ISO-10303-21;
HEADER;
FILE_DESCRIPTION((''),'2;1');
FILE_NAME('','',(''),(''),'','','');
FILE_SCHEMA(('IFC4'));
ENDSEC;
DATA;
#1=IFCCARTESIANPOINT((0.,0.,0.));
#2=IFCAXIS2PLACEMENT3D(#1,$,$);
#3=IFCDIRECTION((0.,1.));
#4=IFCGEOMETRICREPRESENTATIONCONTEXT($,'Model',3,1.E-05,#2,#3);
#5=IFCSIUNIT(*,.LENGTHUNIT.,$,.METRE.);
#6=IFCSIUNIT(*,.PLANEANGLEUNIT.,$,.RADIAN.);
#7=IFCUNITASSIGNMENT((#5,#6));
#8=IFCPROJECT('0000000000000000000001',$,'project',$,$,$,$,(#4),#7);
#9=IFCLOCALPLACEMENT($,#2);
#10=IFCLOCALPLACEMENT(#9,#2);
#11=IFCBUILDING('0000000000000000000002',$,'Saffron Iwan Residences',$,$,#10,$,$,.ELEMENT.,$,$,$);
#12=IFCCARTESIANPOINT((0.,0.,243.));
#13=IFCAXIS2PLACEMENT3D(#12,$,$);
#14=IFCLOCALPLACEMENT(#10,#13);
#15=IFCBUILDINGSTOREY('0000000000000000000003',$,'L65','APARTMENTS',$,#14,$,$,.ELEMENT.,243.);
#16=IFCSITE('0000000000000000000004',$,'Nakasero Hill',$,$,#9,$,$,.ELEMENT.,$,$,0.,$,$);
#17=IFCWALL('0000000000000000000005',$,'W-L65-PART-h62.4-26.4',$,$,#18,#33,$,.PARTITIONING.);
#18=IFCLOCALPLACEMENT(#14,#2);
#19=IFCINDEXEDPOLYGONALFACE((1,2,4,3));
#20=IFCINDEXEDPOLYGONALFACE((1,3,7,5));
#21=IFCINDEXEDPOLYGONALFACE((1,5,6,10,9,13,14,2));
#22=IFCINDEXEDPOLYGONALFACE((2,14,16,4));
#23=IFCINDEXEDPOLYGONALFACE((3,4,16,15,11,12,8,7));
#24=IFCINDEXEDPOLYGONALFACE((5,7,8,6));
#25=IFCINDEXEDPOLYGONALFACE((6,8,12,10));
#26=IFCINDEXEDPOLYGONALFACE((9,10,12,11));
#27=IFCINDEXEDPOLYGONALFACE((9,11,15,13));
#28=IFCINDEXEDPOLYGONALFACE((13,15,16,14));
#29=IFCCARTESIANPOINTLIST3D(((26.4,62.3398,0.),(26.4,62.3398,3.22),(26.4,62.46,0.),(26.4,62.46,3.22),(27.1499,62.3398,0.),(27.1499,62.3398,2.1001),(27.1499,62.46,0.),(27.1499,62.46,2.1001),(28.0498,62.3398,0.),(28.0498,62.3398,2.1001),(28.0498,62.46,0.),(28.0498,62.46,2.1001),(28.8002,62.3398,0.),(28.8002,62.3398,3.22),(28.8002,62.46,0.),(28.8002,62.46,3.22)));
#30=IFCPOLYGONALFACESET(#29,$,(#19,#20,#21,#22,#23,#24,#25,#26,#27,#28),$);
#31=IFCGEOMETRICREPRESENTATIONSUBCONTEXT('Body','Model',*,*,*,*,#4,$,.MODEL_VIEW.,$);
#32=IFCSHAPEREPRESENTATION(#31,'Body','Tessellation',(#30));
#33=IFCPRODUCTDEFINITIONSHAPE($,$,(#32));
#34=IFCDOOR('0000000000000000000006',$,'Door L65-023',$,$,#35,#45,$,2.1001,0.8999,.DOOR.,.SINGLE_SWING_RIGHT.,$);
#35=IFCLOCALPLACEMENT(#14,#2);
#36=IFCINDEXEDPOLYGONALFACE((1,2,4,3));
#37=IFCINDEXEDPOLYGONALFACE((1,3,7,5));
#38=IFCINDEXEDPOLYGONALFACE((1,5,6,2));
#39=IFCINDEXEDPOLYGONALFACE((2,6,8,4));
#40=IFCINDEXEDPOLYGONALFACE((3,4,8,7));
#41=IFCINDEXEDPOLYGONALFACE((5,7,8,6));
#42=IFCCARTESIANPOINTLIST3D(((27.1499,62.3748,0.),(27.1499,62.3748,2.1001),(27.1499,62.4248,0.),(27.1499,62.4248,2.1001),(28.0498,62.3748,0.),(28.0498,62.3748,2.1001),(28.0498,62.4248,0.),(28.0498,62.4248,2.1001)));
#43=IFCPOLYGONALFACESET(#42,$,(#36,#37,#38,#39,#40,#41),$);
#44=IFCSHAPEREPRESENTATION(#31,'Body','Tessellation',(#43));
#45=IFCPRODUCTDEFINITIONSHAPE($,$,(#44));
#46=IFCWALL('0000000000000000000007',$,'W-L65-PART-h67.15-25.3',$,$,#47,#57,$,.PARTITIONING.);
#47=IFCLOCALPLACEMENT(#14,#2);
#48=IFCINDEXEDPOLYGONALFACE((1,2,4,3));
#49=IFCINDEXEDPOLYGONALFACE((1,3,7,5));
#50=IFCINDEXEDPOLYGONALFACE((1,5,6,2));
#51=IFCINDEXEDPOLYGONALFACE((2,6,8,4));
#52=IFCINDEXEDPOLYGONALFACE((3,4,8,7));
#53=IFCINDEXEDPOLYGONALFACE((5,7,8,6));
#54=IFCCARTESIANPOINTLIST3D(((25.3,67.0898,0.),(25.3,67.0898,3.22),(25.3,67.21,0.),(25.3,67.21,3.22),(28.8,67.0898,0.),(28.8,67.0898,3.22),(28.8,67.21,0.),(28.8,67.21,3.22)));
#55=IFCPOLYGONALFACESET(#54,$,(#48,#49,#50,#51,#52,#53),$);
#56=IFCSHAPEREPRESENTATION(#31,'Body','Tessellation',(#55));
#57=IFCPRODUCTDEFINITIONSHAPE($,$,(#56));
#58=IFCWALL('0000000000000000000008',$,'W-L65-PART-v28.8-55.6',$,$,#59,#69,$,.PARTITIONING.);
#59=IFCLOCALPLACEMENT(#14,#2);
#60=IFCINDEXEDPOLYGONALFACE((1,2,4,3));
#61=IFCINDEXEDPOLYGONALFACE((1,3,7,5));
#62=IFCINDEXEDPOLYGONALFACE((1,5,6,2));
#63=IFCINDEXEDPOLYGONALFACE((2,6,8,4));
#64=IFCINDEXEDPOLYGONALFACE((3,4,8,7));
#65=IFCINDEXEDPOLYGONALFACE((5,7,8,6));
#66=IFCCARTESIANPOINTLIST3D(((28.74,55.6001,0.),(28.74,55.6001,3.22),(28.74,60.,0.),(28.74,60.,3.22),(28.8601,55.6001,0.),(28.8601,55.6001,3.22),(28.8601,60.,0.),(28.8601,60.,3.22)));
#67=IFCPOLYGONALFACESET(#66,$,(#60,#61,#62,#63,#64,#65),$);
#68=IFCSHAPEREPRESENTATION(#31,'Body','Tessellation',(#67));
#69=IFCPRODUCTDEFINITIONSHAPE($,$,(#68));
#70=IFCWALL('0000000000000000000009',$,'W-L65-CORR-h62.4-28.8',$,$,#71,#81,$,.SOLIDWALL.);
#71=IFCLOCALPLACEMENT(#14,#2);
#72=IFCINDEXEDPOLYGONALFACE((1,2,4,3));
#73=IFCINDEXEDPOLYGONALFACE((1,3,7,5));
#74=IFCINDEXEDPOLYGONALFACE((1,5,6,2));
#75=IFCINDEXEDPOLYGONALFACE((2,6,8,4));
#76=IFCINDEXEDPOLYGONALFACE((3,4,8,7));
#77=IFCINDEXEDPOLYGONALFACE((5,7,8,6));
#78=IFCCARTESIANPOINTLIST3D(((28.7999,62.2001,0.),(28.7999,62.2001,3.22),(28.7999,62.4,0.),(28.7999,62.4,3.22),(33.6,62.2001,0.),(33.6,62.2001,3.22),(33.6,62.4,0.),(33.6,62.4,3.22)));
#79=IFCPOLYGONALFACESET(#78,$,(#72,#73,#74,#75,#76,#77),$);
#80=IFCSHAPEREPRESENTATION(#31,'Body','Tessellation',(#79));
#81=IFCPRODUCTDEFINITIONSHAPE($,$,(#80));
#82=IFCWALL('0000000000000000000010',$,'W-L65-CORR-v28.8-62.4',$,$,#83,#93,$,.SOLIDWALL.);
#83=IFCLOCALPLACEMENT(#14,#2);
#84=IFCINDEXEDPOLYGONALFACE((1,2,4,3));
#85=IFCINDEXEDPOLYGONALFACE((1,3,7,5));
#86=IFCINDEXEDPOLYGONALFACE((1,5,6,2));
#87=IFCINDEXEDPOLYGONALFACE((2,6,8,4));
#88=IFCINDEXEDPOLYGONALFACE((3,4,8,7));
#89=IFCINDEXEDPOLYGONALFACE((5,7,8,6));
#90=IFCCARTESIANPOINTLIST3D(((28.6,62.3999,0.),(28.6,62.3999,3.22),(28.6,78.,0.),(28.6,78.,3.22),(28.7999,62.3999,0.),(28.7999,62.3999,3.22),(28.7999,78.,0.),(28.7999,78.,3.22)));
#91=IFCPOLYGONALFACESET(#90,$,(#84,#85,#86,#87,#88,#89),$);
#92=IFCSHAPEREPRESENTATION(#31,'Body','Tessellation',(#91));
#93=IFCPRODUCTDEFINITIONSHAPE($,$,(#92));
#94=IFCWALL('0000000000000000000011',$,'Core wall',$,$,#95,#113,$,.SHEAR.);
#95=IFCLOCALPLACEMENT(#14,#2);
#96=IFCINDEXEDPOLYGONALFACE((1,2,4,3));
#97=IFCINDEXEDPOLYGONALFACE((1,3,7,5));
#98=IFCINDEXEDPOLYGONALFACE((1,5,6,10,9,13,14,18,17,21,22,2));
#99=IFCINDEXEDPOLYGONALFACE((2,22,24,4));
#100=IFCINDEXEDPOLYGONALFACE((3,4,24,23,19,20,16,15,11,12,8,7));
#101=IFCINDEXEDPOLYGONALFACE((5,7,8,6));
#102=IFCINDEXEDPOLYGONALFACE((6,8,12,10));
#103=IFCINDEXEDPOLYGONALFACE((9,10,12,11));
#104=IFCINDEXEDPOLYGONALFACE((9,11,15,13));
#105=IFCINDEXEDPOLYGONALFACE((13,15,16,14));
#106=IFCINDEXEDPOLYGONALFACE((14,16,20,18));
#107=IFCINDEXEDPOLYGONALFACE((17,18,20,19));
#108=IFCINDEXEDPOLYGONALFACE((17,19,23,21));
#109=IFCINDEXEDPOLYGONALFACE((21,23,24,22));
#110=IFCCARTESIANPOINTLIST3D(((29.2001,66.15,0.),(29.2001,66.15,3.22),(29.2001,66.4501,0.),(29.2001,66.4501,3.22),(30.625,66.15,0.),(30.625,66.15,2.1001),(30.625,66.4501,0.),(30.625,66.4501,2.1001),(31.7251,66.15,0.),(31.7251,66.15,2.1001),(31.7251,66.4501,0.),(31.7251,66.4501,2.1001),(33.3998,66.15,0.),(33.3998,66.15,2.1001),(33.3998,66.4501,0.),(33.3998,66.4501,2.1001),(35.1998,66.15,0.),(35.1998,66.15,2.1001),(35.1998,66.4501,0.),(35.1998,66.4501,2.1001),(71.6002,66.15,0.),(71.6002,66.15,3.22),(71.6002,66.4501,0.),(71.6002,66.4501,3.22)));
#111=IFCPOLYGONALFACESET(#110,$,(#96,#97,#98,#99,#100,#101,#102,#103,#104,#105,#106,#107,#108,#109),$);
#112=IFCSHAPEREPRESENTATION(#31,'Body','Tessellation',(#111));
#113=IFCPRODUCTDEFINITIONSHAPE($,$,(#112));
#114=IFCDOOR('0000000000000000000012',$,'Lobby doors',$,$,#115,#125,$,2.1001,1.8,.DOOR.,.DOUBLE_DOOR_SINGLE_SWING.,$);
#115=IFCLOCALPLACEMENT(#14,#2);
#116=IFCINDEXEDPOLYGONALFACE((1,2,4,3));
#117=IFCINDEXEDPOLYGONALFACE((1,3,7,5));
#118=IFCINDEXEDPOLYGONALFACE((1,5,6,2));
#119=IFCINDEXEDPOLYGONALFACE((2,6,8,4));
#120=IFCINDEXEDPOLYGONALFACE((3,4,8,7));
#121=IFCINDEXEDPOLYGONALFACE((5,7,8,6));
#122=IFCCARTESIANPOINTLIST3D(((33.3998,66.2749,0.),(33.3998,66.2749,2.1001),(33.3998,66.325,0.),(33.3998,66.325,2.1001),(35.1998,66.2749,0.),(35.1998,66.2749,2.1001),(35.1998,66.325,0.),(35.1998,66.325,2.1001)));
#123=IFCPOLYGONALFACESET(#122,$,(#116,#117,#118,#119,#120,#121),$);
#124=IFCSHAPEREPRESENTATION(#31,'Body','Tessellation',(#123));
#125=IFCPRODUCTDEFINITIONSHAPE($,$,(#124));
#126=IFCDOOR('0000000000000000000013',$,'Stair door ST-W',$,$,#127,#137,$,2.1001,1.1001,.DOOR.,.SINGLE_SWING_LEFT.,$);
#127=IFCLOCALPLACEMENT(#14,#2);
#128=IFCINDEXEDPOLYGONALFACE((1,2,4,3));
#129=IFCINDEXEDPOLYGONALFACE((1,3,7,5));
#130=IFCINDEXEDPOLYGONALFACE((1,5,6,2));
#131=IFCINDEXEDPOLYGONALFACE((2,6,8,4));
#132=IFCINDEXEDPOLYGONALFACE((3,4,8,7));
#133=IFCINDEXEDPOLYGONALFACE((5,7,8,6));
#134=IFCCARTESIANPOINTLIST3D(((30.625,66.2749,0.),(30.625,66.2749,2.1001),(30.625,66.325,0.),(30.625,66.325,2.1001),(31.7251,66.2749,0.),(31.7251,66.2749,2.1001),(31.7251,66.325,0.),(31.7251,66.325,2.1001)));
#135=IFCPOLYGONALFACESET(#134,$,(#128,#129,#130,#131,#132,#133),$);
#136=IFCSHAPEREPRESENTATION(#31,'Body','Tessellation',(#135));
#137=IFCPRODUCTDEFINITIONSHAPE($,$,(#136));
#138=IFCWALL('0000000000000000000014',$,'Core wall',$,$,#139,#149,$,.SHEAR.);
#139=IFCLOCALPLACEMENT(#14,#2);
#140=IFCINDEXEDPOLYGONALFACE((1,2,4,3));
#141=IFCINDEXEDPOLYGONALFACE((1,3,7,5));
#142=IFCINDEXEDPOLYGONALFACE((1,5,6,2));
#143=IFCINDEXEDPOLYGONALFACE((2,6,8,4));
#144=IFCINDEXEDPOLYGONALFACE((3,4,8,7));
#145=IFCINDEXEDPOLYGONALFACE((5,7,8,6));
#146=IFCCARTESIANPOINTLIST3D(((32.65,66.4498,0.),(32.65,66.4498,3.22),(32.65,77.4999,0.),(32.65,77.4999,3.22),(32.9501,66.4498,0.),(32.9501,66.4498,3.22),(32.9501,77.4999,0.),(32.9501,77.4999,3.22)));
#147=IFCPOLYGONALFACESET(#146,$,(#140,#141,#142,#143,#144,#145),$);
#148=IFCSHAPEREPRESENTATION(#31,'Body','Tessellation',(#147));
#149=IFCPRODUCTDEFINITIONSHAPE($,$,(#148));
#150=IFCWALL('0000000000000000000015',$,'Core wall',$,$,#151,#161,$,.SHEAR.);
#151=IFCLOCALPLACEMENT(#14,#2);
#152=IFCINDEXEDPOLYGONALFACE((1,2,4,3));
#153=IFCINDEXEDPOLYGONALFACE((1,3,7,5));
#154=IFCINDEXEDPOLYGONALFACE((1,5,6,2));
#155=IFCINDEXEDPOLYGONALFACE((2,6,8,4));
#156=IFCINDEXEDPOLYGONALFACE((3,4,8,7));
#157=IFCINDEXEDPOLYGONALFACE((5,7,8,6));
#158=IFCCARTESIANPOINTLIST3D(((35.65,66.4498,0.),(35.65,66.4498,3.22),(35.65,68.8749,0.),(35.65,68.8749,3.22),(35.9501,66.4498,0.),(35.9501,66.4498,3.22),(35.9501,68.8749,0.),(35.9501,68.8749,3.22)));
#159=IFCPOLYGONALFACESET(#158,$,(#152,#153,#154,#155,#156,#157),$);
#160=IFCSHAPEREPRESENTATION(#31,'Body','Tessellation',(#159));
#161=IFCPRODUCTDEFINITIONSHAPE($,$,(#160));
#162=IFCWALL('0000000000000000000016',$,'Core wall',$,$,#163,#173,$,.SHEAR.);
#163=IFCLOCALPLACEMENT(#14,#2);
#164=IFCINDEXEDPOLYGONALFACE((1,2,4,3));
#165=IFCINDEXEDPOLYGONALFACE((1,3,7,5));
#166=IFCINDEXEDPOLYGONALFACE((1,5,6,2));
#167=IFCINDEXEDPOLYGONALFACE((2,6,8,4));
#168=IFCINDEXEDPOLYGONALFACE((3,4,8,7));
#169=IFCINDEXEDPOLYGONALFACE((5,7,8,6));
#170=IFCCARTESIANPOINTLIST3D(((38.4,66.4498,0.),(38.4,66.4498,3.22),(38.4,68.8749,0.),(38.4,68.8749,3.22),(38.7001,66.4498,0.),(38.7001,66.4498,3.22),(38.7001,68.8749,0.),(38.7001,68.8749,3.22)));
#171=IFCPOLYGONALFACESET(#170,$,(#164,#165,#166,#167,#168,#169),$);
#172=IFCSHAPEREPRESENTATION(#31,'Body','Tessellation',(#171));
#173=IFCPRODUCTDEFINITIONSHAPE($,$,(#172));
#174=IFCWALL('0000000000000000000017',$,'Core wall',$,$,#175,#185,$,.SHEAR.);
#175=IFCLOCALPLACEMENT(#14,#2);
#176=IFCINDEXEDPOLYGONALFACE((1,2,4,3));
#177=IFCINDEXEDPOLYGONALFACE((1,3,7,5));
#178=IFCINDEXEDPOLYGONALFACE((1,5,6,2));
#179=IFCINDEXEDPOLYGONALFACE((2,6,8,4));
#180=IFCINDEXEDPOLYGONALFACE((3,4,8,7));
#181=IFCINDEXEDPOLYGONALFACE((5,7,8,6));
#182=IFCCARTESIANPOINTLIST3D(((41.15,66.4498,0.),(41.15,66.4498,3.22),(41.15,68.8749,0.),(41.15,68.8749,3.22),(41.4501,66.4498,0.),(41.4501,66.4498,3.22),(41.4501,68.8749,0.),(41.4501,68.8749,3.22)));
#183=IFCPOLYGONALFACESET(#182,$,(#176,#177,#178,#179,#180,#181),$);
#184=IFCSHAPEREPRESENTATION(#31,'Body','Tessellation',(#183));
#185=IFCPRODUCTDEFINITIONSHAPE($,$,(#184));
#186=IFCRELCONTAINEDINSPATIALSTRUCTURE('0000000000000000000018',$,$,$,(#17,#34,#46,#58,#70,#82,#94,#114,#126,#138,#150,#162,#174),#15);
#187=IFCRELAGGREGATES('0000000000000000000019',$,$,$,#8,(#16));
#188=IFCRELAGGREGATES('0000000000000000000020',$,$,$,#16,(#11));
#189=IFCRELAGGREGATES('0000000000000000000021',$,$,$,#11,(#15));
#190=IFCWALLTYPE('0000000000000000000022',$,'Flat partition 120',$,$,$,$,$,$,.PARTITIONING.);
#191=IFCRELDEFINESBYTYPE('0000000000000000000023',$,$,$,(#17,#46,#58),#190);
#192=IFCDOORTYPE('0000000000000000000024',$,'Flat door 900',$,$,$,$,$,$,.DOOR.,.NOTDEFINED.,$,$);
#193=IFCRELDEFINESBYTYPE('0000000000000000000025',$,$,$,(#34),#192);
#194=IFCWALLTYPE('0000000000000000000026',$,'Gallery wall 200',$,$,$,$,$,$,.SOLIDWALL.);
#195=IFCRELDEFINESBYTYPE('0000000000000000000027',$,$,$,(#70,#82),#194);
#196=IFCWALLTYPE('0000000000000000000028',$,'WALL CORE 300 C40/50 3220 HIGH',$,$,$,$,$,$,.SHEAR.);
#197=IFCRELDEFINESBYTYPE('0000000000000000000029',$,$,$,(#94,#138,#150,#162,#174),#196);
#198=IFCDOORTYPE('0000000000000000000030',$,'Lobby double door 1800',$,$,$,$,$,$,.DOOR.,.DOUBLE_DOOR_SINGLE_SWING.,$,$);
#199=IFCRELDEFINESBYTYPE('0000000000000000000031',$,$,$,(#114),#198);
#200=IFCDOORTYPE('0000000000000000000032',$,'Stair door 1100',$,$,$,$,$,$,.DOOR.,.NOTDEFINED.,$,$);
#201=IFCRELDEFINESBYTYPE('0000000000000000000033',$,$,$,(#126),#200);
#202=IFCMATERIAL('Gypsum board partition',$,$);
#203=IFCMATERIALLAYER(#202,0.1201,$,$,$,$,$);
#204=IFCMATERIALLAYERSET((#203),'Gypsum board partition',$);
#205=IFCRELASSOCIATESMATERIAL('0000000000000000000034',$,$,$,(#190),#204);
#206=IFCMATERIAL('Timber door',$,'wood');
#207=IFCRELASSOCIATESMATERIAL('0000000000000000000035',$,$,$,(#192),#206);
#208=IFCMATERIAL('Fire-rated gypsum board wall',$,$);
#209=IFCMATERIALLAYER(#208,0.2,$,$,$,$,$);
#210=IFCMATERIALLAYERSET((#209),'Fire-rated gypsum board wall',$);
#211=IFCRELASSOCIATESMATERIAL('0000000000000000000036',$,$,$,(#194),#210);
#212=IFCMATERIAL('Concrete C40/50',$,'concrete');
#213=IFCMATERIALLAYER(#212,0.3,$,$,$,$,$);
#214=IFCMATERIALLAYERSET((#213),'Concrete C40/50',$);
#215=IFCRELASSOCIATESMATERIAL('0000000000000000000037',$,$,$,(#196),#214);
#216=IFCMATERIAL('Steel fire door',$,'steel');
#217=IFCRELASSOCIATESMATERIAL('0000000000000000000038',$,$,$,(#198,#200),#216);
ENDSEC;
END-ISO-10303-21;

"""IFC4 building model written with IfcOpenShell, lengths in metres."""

from ifc_helpers import new_model, si_unit, direction, frame, frame_2d, origin, place, context, subcontext, project, spatial, rectangle, extrude, material, layer, layer_set, type_object, element, fill, save


model = new_model("IFC4")

# Units and contexts
model_context = context("Model", 3, precision=1e-05, world=origin(), true_north=direction((0.0, 1.0)))
body_context = subcontext(model_context, "Body", "Model", "MODEL_VIEW")
ifc_project = project(units=[si_unit("LENGTHUNIT", "METRE"), si_unit("PLANEANGLEUNIT", "RADIAN")], contexts=[model_context])

# Site, building, storey
site_placement = place(None, origin())
site = spatial("IfcSite", under=ifc_project, at=site_placement, Name="Nakasero Hill", CompositionType="ELEMENT", RefElevation=0.0)
building_placement = place(site_placement, origin())
building = spatial("IfcBuilding", under=site, at=building_placement, Name="Saffron Iwan Residences", CompositionType="ELEMENT")
storey_placement = place(building_placement, frame((0.0, 0.0, 243.0)))
storey = spatial("IfcBuildingStorey", under=building, at=storey_placement, Name="L65", Description="APARTMENTS", CompositionType="ELEMENT", Elevation=243.0)

# Shared definitions
ifc_material_1 = material(Name="Concrete C40/50", Category="concrete")

# Shared definitions
ifc_material_2 = material(Name="Steel fire door", Category="steel")

# Shared definitions
ifc_material_3 = material(Name="Fire-rated gypsum board wall")

# Wall, opening, door
ifc_material_4 = material(Name="Gypsum board partition")
ifc_layer_1 = layer(ifc_material_4, 0.1201)
ifc_layer_set_1 = layer_set([ifc_layer_1], Name="Gypsum board partition")
wall_type_1 = type_object("IfcWallType", Name="Flat partition 120", PredefinedType="PARTITIONING", material=ifc_layer_set_1)
wall_1_placement = place(storey_placement, frame((26.3999, 62.3999, 0.0), z_axis=(0.0, 0.0, 1.0), x_axis=(1.0, 0.0, 0.0)))
wall_1 = element("IfcWall", 1, at=wall_1_placement, inside=storey, type_object=wall_type_1, Name="W-L65-PART-h62.4-26.4", PredefinedType="PARTITIONING", context=body_context, shape_type="SweptSolid", body=[
    extrude(rectangle(XDim=2.4001, YDim=0.1201, at=frame_2d((1.2002, 0.0))), origin(), (0.0, 0.0, 1.0), 3.22),
])
opening_1_placement = place(wall_1_placement, frame((0.75, 0.0, 0.0)))
opening_1 = element("IfcOpeningElement", 2, at=opening_1_placement, cuts=wall_1, PredefinedType="OPENING", context=body_context, shape_type="SweptSolid", body=[
    extrude(rectangle(XDim=0.8999, YDim=2.1001, at=frame_2d((0.45, 1.05))), frame((0.0, 0.0701, 0.0), z_axis=(0.0, -1.0, 0.0), x_axis=(1.0, 0.0, 0.0)), (0.0, 0.0, 1.0), 0.1401),
])
ifc_material_5 = material(Name="Timber door", Category="wood")
door_type_1 = type_object("IfcDoorType", Name="Flat door 900", OperationType="NOTDEFINED", PredefinedType="DOOR", material=ifc_material_5)
door_1_placement = place(opening_1_placement, origin())
door_1 = element("IfcDoor", 3, at=door_1_placement, inside=storey, type_object=door_type_1, Name="Door L65-023", OperationType="SINGLE_SWING_RIGHT", OverallHeight=2.1001, OverallWidth=0.8999, PredefinedType="DOOR", context=body_context, shape_type="SweptSolid", body=[
    extrude(rectangle(XDim=0.8999, YDim=2.1001, at=frame_2d((0.45, 1.05))), frame((0.0, 0.0249, 0.0), z_axis=(0.0, -1.0, 0.0), x_axis=(1.0, 0.0, 0.0)), (0.0, 0.0, 1.0), 0.05),
])
fill(opening_1, door_1)

# Walls
wall_2_placement = place(storey_placement, frame((25.3, 67.1499, 0.0), z_axis=(0.0, 0.0, 1.0), x_axis=(1.0, 0.0, 0.0)))
element("IfcWall", 4, at=wall_2_placement, inside=storey, type_object=wall_type_1, Name="W-L65-PART-h67.15-25.3", PredefinedType="PARTITIONING", context=body_context, shape_type="SweptSolid", body=[
    extrude(rectangle(XDim=3.5, YDim=0.1201, at=frame_2d((1.75, 0.0))), origin(), (0.0, 0.0, 1.0), 3.22),
])
wall_3_placement = place(storey_placement, frame((28.8, 55.6001, 0.0), z_axis=(0.0, 0.0, 1.0), x_axis=(0.0, 1.0, 0.0)))
element("IfcWall", 5, at=wall_3_placement, inside=storey, type_object=wall_type_1, Name="W-L65-PART-v28.8-55.6", PredefinedType="PARTITIONING", context=body_context, shape_type="SweptSolid", body=[
    extrude(rectangle(XDim=4.3999, YDim=0.1201, at=frame_2d((2.2, 0.0))), origin(), (0.0, 0.0, 1.0), 3.22),
])
ifc_layer_2 = layer(ifc_material_3, 0.2)
ifc_layer_set_2 = layer_set([ifc_layer_2], Name="Fire-rated gypsum board wall")
wall_type_2 = type_object("IfcWallType", Name="Gallery wall 200", PredefinedType="SOLIDWALL", material=ifc_layer_set_2)
wall_4_placement = place(storey_placement, frame((28.8, 62.3, 0.0), z_axis=(0.0, 0.0, 1.0), x_axis=(1.0, 0.0, 0.0)))
element("IfcWall", 6, at=wall_4_placement, inside=storey, type_object=wall_type_2, Name="W-L65-CORR-h62.4-28.8", PredefinedType="SOLIDWALL", context=body_context, shape_type="SweptSolid", body=[
    extrude(rectangle(XDim=4.8, YDim=0.2, at=frame_2d((2.3999, 0.0))), origin(), (0.0, 0.0, 1.0), 3.22),
])
wall_5_placement = place(storey_placement, frame((28.7, 62.3999, 0.0), z_axis=(0.0, 0.0, 1.0), x_axis=(0.0, 1.0, 0.0)))
element("IfcWall", 7, at=wall_5_placement, inside=storey, type_object=wall_type_2, Name="W-L65-CORR-v28.8-62.4", PredefinedType="SOLIDWALL", context=body_context, shape_type="SweptSolid", body=[
    extrude(rectangle(XDim=15.6001, YDim=0.2, at=frame_2d((7.8, 0.0))), origin(), (0.0, 0.0, 1.0), 3.22),
])

# Wall, openings, doors
ifc_layer_3 = layer(ifc_material_1, 0.3)
ifc_layer_set_3 = layer_set([ifc_layer_3], Name="Concrete C40/50")
wall_type_3 = type_object("IfcWallType", Name="WALL CORE 300 C40/50 3220 HIGH", PredefinedType="SHEAR", material=ifc_layer_set_3)
wall_6_placement = place(storey_placement, frame((29.2, 66.3, 0.0), z_axis=(0.0, 0.0, 1.0), x_axis=(1.0, 0.0, 0.0)))
wall_6 = element("IfcWall", 8, at=wall_6_placement, inside=storey, type_object=wall_type_3, Name="Core wall", PredefinedType="SHEAR", context=body_context, shape_type="SweptSolid", body=[
    extrude(rectangle(XDim=42.4001, YDim=0.3, at=frame_2d((21.2002, 0.0))), origin(), (0.0, 0.0, 1.0), 3.22),
])
opening_2_placement = place(wall_6_placement, frame((1.425, 0.0, 0.0)))
opening_2 = element("IfcOpeningElement", 9, at=opening_2_placement, cuts=wall_6, PredefinedType="OPENING", context=body_context, shape_type="SweptSolid", body=[
    extrude(rectangle(XDim=1.1001, YDim=2.1001, at=frame_2d((0.55, 1.05))), frame((0.0, 0.1602, 0.0), z_axis=(0.0, -1.0, 0.0), x_axis=(1.0, 0.0, 0.0)), (0.0, 0.0, 1.0), 0.3201),
])
opening_3_placement = place(wall_6_placement, frame((4.2, 0.0, 0.0)))
opening_3 = element("IfcOpeningElement", 10, at=opening_3_placement, cuts=wall_6, PredefinedType="OPENING", context=body_context, shape_type="SweptSolid", body=[
    extrude(rectangle(XDim=1.8, YDim=2.1001, at=frame_2d((0.8999, 1.05))), frame((0.0, 0.1602, 0.0), z_axis=(0.0, -1.0, 0.0), x_axis=(1.0, 0.0, 0.0)), (0.0, 0.0, 1.0), 0.3201),
])
door_type_2 = type_object("IfcDoorType", Name="Lobby double door 1800", OperationType="DOUBLE_DOOR_SINGLE_SWING", PredefinedType="DOOR", material=ifc_material_2)
door_2_placement = place(opening_3_placement, origin())
door_2 = element("IfcDoor", 11, at=door_2_placement, inside=storey, type_object=door_type_2, Name="Lobby doors", OperationType="DOUBLE_DOOR_SINGLE_SWING", OverallHeight=2.1001, OverallWidth=1.8, PredefinedType="DOOR", context=body_context, shape_type="SweptSolid", body=[
    extrude(rectangle(XDim=1.8, YDim=2.1001, at=frame_2d((0.8999, 1.05))), frame((0.0, 0.0249, 0.0), z_axis=(0.0, -1.0, 0.0), x_axis=(1.0, 0.0, 0.0)), (0.0, 0.0, 1.0), 0.05),
])
fill(opening_3, door_2)
door_type_3 = type_object("IfcDoorType", Name="Stair door 1100", OperationType="NOTDEFINED", PredefinedType="DOOR", material=ifc_material_2)
door_3_placement = place(opening_2_placement, origin())
door_3 = element("IfcDoor", 12, at=door_3_placement, inside=storey, type_object=door_type_3, Name="Stair door ST-W", OperationType="SINGLE_SWING_LEFT", OverallHeight=2.1001, OverallWidth=1.1001, PredefinedType="DOOR", context=body_context, shape_type="SweptSolid", body=[
    extrude(rectangle(XDim=1.1001, YDim=2.1001, at=frame_2d((0.55, 1.05))), frame((0.0, 0.0249, 0.0), z_axis=(0.0, -1.0, 0.0), x_axis=(1.0, 0.0, 0.0)), (0.0, 0.0, 1.0), 0.05),
])
fill(opening_2, door_3)

# Walls
wall_7_placement = place(storey_placement, frame((32.8, 66.45, 0.0), z_axis=(0.0, 0.0, 1.0), x_axis=(0.0, 1.0, 0.0)))
element("IfcWall", 13, at=wall_7_placement, inside=storey, type_object=wall_type_3, Name="Core wall", PredefinedType="SHEAR", context=body_context, shape_type="SweptSolid", body=[
    extrude(rectangle(XDim=11.05, YDim=0.3, at=frame_2d((5.5249, 0.0))), origin(), (0.0, 0.0, 1.0), 3.22),
])
for number, where, z_axis, x_axis, name in (
    (14, (35.8, 66.45, 0.0), (0.0, 0.0, 1.0), (0.0, 1.0, 0.0), "Core wall"),
    (15, (38.55, 66.45, 0.0), (0.0, 0.0, 1.0), (0.0, 1.0, 0.0), "Core wall"),
    (16, (41.3, 66.45, 0.0), (0.0, 0.0, 1.0), (0.0, 1.0, 0.0), "Core wall"),
):
    element("IfcWall", number, at=place(storey_placement, frame(where, z_axis=z_axis, x_axis=x_axis)), inside=storey, type_object=wall_type_3, Name=name, PredefinedType="SHEAR", context=body_context, shape_type="SweptSolid", body=[
        extrude(rectangle(XDim=2.425, YDim=0.3, at=frame_2d((1.2124, 0.0))), origin(), (0.0, 0.0, 1.0), 3.22),
    ])

save(model, "model.ifc")
